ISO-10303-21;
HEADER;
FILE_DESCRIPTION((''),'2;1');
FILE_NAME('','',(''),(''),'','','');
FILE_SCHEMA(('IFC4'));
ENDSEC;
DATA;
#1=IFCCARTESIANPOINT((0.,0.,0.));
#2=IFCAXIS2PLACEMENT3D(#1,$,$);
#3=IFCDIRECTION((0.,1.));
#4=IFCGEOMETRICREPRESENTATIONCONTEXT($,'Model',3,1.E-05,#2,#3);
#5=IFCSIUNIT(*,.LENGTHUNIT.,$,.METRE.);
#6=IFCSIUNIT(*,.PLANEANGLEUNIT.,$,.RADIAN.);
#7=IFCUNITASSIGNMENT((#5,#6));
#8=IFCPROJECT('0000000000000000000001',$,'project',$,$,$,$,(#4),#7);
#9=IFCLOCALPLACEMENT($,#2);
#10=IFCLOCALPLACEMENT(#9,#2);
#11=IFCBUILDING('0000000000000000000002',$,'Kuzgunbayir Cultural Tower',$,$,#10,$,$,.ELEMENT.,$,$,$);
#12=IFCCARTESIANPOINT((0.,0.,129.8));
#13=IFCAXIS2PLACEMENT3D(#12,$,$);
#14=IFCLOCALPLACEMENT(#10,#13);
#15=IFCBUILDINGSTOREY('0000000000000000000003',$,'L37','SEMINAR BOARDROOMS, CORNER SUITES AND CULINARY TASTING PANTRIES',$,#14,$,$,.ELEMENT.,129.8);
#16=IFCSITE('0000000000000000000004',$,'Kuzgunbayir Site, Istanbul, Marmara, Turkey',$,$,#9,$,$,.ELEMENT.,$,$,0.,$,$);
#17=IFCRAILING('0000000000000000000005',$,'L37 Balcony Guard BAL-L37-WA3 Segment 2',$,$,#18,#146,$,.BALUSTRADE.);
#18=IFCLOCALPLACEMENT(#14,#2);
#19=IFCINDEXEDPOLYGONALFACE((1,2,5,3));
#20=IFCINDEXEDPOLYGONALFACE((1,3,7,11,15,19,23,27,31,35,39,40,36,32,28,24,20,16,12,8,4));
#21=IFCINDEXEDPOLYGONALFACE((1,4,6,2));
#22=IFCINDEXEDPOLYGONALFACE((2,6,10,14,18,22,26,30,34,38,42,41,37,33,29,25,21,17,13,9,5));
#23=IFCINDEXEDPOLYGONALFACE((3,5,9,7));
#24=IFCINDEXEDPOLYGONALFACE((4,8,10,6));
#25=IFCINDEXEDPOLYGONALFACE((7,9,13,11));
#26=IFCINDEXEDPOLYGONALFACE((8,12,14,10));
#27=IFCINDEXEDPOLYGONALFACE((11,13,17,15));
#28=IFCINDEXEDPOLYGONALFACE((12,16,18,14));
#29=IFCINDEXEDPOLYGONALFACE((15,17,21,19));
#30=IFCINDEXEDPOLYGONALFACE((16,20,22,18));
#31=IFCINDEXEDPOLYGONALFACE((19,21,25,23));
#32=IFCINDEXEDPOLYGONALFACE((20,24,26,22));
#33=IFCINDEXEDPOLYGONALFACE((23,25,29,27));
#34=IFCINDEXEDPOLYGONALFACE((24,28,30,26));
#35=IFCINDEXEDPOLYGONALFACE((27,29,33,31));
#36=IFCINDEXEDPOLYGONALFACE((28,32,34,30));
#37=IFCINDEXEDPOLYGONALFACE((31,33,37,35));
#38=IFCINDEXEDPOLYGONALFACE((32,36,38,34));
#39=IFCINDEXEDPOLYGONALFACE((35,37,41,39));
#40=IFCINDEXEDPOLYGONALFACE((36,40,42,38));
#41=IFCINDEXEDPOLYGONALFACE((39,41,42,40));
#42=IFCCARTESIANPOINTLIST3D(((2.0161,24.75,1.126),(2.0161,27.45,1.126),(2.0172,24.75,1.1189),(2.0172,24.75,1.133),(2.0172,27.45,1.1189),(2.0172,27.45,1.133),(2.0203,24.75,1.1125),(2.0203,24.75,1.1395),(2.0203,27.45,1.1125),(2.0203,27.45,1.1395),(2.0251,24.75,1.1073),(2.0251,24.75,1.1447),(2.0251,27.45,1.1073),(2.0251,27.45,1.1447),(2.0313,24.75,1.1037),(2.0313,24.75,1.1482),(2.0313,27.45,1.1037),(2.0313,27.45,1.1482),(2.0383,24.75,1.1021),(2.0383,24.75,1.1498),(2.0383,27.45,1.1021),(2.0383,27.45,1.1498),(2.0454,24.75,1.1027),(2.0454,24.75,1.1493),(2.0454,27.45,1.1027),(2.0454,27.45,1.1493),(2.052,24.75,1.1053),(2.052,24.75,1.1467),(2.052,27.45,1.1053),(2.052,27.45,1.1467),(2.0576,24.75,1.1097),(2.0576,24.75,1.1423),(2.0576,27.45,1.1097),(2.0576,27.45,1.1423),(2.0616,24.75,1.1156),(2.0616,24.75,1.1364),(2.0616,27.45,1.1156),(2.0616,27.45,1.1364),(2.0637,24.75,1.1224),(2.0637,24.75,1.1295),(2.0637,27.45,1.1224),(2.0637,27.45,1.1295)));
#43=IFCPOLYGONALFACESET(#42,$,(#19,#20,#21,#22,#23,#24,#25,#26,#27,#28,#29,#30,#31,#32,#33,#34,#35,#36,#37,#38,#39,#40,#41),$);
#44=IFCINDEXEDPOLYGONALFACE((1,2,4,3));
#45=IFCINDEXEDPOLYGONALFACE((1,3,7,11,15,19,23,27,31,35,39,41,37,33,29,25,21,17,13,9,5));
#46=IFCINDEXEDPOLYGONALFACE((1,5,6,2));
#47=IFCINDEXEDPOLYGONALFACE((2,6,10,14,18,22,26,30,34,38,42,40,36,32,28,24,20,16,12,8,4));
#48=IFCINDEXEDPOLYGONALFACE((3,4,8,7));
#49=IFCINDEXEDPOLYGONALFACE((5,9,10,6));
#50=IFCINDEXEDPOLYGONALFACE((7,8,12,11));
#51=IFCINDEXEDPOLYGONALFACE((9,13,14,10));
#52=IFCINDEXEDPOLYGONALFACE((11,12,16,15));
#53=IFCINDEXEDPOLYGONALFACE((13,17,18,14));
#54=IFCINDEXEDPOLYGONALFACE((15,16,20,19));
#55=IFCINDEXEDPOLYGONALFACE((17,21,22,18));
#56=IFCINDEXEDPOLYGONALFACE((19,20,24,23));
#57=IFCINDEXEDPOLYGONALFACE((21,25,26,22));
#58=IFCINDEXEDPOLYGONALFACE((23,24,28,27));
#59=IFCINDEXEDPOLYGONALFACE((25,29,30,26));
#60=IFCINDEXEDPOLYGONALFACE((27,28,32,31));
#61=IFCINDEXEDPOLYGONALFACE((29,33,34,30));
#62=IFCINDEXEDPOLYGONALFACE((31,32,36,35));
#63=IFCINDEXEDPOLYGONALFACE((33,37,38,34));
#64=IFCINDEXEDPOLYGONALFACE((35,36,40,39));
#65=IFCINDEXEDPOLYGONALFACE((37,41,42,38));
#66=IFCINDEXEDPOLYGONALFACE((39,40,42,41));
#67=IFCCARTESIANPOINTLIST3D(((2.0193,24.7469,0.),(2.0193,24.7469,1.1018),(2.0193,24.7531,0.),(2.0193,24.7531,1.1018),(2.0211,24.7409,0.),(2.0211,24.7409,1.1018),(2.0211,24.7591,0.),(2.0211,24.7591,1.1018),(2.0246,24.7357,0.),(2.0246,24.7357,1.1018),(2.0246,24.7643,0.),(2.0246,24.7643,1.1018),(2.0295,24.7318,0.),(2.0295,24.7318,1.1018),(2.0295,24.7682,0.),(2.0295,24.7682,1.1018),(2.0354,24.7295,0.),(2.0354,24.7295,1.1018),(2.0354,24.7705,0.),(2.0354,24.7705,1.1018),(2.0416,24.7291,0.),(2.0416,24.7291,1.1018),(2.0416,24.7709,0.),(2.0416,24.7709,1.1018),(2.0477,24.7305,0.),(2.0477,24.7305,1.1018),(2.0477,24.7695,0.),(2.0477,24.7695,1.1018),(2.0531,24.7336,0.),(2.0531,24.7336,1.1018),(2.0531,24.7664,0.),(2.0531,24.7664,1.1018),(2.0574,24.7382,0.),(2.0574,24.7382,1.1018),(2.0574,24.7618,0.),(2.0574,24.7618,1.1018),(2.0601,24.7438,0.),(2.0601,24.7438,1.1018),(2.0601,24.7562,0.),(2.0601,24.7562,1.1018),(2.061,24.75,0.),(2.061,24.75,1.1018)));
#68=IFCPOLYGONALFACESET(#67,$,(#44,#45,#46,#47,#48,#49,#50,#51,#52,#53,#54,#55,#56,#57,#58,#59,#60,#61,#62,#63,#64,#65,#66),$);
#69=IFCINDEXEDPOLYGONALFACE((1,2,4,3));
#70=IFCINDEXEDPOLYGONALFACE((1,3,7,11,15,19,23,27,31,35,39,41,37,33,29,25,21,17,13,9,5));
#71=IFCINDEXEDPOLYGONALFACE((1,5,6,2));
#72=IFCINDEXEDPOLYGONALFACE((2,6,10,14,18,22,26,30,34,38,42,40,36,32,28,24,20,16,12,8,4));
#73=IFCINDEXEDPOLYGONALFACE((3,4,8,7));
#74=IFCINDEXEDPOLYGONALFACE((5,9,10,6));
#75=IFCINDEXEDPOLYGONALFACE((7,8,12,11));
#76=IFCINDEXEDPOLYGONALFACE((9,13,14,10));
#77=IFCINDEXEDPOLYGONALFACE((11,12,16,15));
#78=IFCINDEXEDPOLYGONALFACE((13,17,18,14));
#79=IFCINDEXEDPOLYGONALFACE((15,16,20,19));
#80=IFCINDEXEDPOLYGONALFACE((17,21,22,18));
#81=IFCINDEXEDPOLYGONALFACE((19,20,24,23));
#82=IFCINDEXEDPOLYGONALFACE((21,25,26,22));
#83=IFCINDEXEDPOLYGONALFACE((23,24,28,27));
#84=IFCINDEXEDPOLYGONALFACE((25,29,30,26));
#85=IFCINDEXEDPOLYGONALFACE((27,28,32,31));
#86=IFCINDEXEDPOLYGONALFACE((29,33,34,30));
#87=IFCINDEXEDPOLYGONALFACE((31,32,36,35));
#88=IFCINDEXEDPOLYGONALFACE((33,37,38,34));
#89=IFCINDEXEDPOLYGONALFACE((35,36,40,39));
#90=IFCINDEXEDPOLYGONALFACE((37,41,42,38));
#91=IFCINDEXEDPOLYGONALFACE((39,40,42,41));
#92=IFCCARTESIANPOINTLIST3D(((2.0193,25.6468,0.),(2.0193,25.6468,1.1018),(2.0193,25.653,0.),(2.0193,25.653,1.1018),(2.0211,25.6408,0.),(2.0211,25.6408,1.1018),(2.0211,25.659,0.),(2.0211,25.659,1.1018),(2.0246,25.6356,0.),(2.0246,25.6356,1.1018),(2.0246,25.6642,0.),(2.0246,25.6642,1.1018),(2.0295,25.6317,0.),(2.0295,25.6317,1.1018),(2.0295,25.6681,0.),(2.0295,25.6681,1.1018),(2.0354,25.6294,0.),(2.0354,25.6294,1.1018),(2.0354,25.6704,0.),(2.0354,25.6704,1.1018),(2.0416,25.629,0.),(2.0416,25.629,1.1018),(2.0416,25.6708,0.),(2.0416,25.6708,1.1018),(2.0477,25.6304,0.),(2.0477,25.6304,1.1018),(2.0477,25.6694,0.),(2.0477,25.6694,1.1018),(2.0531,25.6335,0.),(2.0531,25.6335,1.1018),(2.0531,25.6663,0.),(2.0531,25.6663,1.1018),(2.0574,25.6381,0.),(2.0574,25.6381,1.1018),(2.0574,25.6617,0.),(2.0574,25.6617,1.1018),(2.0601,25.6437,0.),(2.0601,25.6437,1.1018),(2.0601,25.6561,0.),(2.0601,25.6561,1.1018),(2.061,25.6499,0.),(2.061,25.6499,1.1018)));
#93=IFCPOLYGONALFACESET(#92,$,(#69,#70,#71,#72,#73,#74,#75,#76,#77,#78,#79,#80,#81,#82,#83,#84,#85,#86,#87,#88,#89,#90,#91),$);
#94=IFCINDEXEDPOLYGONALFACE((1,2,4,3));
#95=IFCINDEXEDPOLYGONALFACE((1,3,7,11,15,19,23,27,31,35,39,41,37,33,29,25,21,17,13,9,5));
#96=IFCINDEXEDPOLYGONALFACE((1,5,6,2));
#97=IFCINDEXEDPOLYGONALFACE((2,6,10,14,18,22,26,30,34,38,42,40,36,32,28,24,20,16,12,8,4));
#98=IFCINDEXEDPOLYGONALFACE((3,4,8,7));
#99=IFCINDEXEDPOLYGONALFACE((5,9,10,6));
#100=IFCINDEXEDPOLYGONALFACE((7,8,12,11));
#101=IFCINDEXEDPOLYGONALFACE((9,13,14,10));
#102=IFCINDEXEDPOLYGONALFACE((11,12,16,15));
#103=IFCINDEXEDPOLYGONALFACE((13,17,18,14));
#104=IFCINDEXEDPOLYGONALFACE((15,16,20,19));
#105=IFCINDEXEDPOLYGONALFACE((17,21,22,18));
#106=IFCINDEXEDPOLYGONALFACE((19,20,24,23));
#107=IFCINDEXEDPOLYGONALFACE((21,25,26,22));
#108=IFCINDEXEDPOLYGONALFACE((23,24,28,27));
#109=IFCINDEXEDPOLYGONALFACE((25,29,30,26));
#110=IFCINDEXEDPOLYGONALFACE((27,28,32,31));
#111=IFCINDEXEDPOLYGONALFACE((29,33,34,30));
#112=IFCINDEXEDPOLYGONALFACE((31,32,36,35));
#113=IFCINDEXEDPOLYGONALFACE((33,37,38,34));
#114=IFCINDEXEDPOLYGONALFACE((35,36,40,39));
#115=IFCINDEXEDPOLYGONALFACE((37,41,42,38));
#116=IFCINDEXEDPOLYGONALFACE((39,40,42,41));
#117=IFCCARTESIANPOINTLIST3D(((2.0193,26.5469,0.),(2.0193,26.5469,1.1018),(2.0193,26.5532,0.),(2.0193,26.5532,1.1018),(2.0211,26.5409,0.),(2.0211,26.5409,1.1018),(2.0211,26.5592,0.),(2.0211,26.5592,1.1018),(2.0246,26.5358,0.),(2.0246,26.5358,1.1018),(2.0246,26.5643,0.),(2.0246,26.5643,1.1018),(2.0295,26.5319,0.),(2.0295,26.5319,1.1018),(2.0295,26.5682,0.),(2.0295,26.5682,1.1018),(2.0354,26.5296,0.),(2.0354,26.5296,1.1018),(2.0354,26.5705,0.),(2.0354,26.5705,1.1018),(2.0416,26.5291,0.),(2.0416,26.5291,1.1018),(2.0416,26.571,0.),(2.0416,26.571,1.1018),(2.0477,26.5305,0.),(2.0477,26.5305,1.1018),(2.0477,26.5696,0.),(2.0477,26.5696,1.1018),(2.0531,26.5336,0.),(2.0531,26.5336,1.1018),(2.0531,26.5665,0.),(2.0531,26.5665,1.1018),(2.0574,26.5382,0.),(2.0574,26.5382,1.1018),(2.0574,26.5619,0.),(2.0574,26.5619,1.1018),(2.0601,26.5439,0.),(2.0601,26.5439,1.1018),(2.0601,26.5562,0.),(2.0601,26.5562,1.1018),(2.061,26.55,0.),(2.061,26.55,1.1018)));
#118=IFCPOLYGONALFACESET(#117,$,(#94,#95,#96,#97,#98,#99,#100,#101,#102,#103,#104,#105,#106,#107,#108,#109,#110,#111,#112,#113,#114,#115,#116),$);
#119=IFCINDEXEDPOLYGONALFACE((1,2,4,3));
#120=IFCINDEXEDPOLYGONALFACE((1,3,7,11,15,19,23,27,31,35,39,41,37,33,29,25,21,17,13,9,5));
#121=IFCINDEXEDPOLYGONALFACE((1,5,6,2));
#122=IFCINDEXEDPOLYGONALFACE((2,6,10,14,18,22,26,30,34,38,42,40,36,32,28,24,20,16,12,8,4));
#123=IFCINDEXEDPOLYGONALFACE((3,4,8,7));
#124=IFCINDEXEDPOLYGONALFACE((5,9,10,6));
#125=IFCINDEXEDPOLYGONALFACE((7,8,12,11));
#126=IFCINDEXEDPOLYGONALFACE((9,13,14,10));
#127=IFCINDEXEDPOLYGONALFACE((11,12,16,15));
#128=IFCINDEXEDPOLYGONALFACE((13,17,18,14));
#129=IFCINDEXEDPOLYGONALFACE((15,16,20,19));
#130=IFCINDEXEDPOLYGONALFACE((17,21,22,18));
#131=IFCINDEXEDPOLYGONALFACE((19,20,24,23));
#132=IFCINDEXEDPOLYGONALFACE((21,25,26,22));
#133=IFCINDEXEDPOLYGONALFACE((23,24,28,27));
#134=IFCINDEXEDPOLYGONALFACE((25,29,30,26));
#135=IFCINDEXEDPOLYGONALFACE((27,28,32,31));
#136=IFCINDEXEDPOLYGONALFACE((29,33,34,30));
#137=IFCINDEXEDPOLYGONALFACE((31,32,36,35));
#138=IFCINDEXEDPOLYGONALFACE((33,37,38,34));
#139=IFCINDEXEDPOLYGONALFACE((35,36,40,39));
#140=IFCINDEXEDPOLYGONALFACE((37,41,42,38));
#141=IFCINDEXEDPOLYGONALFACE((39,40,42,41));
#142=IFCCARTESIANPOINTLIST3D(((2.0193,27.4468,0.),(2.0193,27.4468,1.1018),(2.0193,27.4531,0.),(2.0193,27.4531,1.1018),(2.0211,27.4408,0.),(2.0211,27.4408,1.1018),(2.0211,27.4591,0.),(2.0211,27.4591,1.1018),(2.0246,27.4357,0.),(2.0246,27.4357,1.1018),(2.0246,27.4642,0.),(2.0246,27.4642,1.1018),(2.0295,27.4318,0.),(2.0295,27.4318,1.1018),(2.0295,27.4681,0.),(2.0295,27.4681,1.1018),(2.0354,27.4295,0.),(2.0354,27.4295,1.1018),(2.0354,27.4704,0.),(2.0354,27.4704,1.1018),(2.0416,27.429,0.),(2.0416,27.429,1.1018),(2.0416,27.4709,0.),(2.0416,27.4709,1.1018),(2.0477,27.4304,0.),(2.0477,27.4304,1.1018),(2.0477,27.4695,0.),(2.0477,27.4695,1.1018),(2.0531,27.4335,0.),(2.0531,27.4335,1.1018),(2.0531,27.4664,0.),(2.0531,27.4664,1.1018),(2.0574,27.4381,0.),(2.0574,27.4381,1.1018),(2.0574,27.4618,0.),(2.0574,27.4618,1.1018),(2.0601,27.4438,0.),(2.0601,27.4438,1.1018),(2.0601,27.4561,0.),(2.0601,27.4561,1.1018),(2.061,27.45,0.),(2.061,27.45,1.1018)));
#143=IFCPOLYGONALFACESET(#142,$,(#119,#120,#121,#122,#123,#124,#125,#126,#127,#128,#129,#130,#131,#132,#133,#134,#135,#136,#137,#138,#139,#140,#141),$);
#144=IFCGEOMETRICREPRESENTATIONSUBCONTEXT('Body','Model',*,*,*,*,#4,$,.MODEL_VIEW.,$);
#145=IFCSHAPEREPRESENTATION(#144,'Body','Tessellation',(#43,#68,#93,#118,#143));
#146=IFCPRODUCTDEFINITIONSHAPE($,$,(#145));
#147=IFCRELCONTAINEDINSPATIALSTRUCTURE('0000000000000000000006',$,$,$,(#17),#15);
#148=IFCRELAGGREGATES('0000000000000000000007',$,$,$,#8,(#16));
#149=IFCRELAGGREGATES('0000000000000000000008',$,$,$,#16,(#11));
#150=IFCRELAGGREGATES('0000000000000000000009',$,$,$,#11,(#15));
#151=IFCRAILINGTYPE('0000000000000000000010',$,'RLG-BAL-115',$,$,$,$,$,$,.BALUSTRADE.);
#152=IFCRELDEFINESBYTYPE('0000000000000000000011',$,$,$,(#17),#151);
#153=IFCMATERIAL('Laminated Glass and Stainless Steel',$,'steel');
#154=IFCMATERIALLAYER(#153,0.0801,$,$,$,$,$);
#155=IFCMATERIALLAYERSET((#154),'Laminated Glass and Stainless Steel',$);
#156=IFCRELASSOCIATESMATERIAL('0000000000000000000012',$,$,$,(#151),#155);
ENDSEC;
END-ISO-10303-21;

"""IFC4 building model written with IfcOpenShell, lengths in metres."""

from ifc_helpers import new_model, si_unit, direction, frame, origin, origin_2d, place, context, subcontext, project, spatial, circle, extrude, material, layer, layer_set, type_object, element, save


model = new_model("IFC4")

# Units and contexts
model_context = context("Model", 3, precision=1e-05, world=origin(), true_north=direction((0.0, 1.0)))
body_context = subcontext(model_context, "Body", "Model", "MODEL_VIEW")
ifc_project = project(units=[si_unit("LENGTHUNIT", "METRE"), si_unit("PLANEANGLEUNIT", "RADIAN")], contexts=[model_context])

# Site, building, storey
site_placement = place(None, origin())
site = spatial("IfcSite", under=ifc_project, at=site_placement, Name="Kuzgunbayir Site, Istanbul, Marmara, Turkey", CompositionType="ELEMENT", RefElevation=0.0)
building_placement = place(site_placement, origin())
building = spatial("IfcBuilding", under=site, at=building_placement, Name="Kuzgunbayir Cultural Tower", CompositionType="ELEMENT")
storey_placement = place(building_placement, frame((0.0, 0.0, 129.8)))
storey = spatial("IfcBuildingStorey", under=building, at=storey_placement, Name="L37", Description="SEMINAR BOARDROOMS, CORNER SUITES AND CULINARY TASTING PANTRIES", CompositionType="ELEMENT", Elevation=129.8)

# Railing
ifc_material_1 = material(Name="Laminated Glass and Stainless Steel", Category="steel")
ifc_layer_1 = layer(ifc_material_1, 0.0801)
ifc_layer_set_1 = layer_set([ifc_layer_1], Name="Laminated Glass and Stainless Steel")
railing_type = type_object("IfcRailingType", Name="RLG-BAL-115", PredefinedType="BALUSTRADE", material=ifc_layer_set_1)
railing_1_placement = place(storey_placement, frame((2.04, 24.75, 0.0)))
element("IfcRailing", 1, at=railing_1_placement, inside=storey, type_object=railing_type, Name="L37 Balcony Guard BAL-L37-WA3 Segment 2", PredefinedType="BALUSTRADE", context=body_context, shape_type="SweptSolid", body=[
    extrude(circle(Radius=0.0239, at=origin_2d()), frame((0.0, 0.0, 1.126), z_axis=(0.0, 1.0, 0.0), x_axis=(-1.0, 0.0, 0.0)), (0.0, 0.0, 1.0), 2.7),
    extrude(circle(Radius=0.021, at=origin_2d()), origin(), (0.0, 0.0, 1.0), 1.1018),
    extrude(circle(Radius=0.021, at=origin_2d()), frame((0.0, 0.8999, 0.0)), (0.0, 0.0, 1.0), 1.1018),
    extrude(circle(Radius=0.021, at=origin_2d()), frame((0.0, 1.8, 0.0)), (0.0, 0.0, 1.0), 1.1018),
    extrude(circle(Radius=0.021, at=origin_2d()), frame((0.0, 2.7, 0.0)), (0.0, 0.0, 1.0), 1.1018),
])

save(model, "model.ifc")
